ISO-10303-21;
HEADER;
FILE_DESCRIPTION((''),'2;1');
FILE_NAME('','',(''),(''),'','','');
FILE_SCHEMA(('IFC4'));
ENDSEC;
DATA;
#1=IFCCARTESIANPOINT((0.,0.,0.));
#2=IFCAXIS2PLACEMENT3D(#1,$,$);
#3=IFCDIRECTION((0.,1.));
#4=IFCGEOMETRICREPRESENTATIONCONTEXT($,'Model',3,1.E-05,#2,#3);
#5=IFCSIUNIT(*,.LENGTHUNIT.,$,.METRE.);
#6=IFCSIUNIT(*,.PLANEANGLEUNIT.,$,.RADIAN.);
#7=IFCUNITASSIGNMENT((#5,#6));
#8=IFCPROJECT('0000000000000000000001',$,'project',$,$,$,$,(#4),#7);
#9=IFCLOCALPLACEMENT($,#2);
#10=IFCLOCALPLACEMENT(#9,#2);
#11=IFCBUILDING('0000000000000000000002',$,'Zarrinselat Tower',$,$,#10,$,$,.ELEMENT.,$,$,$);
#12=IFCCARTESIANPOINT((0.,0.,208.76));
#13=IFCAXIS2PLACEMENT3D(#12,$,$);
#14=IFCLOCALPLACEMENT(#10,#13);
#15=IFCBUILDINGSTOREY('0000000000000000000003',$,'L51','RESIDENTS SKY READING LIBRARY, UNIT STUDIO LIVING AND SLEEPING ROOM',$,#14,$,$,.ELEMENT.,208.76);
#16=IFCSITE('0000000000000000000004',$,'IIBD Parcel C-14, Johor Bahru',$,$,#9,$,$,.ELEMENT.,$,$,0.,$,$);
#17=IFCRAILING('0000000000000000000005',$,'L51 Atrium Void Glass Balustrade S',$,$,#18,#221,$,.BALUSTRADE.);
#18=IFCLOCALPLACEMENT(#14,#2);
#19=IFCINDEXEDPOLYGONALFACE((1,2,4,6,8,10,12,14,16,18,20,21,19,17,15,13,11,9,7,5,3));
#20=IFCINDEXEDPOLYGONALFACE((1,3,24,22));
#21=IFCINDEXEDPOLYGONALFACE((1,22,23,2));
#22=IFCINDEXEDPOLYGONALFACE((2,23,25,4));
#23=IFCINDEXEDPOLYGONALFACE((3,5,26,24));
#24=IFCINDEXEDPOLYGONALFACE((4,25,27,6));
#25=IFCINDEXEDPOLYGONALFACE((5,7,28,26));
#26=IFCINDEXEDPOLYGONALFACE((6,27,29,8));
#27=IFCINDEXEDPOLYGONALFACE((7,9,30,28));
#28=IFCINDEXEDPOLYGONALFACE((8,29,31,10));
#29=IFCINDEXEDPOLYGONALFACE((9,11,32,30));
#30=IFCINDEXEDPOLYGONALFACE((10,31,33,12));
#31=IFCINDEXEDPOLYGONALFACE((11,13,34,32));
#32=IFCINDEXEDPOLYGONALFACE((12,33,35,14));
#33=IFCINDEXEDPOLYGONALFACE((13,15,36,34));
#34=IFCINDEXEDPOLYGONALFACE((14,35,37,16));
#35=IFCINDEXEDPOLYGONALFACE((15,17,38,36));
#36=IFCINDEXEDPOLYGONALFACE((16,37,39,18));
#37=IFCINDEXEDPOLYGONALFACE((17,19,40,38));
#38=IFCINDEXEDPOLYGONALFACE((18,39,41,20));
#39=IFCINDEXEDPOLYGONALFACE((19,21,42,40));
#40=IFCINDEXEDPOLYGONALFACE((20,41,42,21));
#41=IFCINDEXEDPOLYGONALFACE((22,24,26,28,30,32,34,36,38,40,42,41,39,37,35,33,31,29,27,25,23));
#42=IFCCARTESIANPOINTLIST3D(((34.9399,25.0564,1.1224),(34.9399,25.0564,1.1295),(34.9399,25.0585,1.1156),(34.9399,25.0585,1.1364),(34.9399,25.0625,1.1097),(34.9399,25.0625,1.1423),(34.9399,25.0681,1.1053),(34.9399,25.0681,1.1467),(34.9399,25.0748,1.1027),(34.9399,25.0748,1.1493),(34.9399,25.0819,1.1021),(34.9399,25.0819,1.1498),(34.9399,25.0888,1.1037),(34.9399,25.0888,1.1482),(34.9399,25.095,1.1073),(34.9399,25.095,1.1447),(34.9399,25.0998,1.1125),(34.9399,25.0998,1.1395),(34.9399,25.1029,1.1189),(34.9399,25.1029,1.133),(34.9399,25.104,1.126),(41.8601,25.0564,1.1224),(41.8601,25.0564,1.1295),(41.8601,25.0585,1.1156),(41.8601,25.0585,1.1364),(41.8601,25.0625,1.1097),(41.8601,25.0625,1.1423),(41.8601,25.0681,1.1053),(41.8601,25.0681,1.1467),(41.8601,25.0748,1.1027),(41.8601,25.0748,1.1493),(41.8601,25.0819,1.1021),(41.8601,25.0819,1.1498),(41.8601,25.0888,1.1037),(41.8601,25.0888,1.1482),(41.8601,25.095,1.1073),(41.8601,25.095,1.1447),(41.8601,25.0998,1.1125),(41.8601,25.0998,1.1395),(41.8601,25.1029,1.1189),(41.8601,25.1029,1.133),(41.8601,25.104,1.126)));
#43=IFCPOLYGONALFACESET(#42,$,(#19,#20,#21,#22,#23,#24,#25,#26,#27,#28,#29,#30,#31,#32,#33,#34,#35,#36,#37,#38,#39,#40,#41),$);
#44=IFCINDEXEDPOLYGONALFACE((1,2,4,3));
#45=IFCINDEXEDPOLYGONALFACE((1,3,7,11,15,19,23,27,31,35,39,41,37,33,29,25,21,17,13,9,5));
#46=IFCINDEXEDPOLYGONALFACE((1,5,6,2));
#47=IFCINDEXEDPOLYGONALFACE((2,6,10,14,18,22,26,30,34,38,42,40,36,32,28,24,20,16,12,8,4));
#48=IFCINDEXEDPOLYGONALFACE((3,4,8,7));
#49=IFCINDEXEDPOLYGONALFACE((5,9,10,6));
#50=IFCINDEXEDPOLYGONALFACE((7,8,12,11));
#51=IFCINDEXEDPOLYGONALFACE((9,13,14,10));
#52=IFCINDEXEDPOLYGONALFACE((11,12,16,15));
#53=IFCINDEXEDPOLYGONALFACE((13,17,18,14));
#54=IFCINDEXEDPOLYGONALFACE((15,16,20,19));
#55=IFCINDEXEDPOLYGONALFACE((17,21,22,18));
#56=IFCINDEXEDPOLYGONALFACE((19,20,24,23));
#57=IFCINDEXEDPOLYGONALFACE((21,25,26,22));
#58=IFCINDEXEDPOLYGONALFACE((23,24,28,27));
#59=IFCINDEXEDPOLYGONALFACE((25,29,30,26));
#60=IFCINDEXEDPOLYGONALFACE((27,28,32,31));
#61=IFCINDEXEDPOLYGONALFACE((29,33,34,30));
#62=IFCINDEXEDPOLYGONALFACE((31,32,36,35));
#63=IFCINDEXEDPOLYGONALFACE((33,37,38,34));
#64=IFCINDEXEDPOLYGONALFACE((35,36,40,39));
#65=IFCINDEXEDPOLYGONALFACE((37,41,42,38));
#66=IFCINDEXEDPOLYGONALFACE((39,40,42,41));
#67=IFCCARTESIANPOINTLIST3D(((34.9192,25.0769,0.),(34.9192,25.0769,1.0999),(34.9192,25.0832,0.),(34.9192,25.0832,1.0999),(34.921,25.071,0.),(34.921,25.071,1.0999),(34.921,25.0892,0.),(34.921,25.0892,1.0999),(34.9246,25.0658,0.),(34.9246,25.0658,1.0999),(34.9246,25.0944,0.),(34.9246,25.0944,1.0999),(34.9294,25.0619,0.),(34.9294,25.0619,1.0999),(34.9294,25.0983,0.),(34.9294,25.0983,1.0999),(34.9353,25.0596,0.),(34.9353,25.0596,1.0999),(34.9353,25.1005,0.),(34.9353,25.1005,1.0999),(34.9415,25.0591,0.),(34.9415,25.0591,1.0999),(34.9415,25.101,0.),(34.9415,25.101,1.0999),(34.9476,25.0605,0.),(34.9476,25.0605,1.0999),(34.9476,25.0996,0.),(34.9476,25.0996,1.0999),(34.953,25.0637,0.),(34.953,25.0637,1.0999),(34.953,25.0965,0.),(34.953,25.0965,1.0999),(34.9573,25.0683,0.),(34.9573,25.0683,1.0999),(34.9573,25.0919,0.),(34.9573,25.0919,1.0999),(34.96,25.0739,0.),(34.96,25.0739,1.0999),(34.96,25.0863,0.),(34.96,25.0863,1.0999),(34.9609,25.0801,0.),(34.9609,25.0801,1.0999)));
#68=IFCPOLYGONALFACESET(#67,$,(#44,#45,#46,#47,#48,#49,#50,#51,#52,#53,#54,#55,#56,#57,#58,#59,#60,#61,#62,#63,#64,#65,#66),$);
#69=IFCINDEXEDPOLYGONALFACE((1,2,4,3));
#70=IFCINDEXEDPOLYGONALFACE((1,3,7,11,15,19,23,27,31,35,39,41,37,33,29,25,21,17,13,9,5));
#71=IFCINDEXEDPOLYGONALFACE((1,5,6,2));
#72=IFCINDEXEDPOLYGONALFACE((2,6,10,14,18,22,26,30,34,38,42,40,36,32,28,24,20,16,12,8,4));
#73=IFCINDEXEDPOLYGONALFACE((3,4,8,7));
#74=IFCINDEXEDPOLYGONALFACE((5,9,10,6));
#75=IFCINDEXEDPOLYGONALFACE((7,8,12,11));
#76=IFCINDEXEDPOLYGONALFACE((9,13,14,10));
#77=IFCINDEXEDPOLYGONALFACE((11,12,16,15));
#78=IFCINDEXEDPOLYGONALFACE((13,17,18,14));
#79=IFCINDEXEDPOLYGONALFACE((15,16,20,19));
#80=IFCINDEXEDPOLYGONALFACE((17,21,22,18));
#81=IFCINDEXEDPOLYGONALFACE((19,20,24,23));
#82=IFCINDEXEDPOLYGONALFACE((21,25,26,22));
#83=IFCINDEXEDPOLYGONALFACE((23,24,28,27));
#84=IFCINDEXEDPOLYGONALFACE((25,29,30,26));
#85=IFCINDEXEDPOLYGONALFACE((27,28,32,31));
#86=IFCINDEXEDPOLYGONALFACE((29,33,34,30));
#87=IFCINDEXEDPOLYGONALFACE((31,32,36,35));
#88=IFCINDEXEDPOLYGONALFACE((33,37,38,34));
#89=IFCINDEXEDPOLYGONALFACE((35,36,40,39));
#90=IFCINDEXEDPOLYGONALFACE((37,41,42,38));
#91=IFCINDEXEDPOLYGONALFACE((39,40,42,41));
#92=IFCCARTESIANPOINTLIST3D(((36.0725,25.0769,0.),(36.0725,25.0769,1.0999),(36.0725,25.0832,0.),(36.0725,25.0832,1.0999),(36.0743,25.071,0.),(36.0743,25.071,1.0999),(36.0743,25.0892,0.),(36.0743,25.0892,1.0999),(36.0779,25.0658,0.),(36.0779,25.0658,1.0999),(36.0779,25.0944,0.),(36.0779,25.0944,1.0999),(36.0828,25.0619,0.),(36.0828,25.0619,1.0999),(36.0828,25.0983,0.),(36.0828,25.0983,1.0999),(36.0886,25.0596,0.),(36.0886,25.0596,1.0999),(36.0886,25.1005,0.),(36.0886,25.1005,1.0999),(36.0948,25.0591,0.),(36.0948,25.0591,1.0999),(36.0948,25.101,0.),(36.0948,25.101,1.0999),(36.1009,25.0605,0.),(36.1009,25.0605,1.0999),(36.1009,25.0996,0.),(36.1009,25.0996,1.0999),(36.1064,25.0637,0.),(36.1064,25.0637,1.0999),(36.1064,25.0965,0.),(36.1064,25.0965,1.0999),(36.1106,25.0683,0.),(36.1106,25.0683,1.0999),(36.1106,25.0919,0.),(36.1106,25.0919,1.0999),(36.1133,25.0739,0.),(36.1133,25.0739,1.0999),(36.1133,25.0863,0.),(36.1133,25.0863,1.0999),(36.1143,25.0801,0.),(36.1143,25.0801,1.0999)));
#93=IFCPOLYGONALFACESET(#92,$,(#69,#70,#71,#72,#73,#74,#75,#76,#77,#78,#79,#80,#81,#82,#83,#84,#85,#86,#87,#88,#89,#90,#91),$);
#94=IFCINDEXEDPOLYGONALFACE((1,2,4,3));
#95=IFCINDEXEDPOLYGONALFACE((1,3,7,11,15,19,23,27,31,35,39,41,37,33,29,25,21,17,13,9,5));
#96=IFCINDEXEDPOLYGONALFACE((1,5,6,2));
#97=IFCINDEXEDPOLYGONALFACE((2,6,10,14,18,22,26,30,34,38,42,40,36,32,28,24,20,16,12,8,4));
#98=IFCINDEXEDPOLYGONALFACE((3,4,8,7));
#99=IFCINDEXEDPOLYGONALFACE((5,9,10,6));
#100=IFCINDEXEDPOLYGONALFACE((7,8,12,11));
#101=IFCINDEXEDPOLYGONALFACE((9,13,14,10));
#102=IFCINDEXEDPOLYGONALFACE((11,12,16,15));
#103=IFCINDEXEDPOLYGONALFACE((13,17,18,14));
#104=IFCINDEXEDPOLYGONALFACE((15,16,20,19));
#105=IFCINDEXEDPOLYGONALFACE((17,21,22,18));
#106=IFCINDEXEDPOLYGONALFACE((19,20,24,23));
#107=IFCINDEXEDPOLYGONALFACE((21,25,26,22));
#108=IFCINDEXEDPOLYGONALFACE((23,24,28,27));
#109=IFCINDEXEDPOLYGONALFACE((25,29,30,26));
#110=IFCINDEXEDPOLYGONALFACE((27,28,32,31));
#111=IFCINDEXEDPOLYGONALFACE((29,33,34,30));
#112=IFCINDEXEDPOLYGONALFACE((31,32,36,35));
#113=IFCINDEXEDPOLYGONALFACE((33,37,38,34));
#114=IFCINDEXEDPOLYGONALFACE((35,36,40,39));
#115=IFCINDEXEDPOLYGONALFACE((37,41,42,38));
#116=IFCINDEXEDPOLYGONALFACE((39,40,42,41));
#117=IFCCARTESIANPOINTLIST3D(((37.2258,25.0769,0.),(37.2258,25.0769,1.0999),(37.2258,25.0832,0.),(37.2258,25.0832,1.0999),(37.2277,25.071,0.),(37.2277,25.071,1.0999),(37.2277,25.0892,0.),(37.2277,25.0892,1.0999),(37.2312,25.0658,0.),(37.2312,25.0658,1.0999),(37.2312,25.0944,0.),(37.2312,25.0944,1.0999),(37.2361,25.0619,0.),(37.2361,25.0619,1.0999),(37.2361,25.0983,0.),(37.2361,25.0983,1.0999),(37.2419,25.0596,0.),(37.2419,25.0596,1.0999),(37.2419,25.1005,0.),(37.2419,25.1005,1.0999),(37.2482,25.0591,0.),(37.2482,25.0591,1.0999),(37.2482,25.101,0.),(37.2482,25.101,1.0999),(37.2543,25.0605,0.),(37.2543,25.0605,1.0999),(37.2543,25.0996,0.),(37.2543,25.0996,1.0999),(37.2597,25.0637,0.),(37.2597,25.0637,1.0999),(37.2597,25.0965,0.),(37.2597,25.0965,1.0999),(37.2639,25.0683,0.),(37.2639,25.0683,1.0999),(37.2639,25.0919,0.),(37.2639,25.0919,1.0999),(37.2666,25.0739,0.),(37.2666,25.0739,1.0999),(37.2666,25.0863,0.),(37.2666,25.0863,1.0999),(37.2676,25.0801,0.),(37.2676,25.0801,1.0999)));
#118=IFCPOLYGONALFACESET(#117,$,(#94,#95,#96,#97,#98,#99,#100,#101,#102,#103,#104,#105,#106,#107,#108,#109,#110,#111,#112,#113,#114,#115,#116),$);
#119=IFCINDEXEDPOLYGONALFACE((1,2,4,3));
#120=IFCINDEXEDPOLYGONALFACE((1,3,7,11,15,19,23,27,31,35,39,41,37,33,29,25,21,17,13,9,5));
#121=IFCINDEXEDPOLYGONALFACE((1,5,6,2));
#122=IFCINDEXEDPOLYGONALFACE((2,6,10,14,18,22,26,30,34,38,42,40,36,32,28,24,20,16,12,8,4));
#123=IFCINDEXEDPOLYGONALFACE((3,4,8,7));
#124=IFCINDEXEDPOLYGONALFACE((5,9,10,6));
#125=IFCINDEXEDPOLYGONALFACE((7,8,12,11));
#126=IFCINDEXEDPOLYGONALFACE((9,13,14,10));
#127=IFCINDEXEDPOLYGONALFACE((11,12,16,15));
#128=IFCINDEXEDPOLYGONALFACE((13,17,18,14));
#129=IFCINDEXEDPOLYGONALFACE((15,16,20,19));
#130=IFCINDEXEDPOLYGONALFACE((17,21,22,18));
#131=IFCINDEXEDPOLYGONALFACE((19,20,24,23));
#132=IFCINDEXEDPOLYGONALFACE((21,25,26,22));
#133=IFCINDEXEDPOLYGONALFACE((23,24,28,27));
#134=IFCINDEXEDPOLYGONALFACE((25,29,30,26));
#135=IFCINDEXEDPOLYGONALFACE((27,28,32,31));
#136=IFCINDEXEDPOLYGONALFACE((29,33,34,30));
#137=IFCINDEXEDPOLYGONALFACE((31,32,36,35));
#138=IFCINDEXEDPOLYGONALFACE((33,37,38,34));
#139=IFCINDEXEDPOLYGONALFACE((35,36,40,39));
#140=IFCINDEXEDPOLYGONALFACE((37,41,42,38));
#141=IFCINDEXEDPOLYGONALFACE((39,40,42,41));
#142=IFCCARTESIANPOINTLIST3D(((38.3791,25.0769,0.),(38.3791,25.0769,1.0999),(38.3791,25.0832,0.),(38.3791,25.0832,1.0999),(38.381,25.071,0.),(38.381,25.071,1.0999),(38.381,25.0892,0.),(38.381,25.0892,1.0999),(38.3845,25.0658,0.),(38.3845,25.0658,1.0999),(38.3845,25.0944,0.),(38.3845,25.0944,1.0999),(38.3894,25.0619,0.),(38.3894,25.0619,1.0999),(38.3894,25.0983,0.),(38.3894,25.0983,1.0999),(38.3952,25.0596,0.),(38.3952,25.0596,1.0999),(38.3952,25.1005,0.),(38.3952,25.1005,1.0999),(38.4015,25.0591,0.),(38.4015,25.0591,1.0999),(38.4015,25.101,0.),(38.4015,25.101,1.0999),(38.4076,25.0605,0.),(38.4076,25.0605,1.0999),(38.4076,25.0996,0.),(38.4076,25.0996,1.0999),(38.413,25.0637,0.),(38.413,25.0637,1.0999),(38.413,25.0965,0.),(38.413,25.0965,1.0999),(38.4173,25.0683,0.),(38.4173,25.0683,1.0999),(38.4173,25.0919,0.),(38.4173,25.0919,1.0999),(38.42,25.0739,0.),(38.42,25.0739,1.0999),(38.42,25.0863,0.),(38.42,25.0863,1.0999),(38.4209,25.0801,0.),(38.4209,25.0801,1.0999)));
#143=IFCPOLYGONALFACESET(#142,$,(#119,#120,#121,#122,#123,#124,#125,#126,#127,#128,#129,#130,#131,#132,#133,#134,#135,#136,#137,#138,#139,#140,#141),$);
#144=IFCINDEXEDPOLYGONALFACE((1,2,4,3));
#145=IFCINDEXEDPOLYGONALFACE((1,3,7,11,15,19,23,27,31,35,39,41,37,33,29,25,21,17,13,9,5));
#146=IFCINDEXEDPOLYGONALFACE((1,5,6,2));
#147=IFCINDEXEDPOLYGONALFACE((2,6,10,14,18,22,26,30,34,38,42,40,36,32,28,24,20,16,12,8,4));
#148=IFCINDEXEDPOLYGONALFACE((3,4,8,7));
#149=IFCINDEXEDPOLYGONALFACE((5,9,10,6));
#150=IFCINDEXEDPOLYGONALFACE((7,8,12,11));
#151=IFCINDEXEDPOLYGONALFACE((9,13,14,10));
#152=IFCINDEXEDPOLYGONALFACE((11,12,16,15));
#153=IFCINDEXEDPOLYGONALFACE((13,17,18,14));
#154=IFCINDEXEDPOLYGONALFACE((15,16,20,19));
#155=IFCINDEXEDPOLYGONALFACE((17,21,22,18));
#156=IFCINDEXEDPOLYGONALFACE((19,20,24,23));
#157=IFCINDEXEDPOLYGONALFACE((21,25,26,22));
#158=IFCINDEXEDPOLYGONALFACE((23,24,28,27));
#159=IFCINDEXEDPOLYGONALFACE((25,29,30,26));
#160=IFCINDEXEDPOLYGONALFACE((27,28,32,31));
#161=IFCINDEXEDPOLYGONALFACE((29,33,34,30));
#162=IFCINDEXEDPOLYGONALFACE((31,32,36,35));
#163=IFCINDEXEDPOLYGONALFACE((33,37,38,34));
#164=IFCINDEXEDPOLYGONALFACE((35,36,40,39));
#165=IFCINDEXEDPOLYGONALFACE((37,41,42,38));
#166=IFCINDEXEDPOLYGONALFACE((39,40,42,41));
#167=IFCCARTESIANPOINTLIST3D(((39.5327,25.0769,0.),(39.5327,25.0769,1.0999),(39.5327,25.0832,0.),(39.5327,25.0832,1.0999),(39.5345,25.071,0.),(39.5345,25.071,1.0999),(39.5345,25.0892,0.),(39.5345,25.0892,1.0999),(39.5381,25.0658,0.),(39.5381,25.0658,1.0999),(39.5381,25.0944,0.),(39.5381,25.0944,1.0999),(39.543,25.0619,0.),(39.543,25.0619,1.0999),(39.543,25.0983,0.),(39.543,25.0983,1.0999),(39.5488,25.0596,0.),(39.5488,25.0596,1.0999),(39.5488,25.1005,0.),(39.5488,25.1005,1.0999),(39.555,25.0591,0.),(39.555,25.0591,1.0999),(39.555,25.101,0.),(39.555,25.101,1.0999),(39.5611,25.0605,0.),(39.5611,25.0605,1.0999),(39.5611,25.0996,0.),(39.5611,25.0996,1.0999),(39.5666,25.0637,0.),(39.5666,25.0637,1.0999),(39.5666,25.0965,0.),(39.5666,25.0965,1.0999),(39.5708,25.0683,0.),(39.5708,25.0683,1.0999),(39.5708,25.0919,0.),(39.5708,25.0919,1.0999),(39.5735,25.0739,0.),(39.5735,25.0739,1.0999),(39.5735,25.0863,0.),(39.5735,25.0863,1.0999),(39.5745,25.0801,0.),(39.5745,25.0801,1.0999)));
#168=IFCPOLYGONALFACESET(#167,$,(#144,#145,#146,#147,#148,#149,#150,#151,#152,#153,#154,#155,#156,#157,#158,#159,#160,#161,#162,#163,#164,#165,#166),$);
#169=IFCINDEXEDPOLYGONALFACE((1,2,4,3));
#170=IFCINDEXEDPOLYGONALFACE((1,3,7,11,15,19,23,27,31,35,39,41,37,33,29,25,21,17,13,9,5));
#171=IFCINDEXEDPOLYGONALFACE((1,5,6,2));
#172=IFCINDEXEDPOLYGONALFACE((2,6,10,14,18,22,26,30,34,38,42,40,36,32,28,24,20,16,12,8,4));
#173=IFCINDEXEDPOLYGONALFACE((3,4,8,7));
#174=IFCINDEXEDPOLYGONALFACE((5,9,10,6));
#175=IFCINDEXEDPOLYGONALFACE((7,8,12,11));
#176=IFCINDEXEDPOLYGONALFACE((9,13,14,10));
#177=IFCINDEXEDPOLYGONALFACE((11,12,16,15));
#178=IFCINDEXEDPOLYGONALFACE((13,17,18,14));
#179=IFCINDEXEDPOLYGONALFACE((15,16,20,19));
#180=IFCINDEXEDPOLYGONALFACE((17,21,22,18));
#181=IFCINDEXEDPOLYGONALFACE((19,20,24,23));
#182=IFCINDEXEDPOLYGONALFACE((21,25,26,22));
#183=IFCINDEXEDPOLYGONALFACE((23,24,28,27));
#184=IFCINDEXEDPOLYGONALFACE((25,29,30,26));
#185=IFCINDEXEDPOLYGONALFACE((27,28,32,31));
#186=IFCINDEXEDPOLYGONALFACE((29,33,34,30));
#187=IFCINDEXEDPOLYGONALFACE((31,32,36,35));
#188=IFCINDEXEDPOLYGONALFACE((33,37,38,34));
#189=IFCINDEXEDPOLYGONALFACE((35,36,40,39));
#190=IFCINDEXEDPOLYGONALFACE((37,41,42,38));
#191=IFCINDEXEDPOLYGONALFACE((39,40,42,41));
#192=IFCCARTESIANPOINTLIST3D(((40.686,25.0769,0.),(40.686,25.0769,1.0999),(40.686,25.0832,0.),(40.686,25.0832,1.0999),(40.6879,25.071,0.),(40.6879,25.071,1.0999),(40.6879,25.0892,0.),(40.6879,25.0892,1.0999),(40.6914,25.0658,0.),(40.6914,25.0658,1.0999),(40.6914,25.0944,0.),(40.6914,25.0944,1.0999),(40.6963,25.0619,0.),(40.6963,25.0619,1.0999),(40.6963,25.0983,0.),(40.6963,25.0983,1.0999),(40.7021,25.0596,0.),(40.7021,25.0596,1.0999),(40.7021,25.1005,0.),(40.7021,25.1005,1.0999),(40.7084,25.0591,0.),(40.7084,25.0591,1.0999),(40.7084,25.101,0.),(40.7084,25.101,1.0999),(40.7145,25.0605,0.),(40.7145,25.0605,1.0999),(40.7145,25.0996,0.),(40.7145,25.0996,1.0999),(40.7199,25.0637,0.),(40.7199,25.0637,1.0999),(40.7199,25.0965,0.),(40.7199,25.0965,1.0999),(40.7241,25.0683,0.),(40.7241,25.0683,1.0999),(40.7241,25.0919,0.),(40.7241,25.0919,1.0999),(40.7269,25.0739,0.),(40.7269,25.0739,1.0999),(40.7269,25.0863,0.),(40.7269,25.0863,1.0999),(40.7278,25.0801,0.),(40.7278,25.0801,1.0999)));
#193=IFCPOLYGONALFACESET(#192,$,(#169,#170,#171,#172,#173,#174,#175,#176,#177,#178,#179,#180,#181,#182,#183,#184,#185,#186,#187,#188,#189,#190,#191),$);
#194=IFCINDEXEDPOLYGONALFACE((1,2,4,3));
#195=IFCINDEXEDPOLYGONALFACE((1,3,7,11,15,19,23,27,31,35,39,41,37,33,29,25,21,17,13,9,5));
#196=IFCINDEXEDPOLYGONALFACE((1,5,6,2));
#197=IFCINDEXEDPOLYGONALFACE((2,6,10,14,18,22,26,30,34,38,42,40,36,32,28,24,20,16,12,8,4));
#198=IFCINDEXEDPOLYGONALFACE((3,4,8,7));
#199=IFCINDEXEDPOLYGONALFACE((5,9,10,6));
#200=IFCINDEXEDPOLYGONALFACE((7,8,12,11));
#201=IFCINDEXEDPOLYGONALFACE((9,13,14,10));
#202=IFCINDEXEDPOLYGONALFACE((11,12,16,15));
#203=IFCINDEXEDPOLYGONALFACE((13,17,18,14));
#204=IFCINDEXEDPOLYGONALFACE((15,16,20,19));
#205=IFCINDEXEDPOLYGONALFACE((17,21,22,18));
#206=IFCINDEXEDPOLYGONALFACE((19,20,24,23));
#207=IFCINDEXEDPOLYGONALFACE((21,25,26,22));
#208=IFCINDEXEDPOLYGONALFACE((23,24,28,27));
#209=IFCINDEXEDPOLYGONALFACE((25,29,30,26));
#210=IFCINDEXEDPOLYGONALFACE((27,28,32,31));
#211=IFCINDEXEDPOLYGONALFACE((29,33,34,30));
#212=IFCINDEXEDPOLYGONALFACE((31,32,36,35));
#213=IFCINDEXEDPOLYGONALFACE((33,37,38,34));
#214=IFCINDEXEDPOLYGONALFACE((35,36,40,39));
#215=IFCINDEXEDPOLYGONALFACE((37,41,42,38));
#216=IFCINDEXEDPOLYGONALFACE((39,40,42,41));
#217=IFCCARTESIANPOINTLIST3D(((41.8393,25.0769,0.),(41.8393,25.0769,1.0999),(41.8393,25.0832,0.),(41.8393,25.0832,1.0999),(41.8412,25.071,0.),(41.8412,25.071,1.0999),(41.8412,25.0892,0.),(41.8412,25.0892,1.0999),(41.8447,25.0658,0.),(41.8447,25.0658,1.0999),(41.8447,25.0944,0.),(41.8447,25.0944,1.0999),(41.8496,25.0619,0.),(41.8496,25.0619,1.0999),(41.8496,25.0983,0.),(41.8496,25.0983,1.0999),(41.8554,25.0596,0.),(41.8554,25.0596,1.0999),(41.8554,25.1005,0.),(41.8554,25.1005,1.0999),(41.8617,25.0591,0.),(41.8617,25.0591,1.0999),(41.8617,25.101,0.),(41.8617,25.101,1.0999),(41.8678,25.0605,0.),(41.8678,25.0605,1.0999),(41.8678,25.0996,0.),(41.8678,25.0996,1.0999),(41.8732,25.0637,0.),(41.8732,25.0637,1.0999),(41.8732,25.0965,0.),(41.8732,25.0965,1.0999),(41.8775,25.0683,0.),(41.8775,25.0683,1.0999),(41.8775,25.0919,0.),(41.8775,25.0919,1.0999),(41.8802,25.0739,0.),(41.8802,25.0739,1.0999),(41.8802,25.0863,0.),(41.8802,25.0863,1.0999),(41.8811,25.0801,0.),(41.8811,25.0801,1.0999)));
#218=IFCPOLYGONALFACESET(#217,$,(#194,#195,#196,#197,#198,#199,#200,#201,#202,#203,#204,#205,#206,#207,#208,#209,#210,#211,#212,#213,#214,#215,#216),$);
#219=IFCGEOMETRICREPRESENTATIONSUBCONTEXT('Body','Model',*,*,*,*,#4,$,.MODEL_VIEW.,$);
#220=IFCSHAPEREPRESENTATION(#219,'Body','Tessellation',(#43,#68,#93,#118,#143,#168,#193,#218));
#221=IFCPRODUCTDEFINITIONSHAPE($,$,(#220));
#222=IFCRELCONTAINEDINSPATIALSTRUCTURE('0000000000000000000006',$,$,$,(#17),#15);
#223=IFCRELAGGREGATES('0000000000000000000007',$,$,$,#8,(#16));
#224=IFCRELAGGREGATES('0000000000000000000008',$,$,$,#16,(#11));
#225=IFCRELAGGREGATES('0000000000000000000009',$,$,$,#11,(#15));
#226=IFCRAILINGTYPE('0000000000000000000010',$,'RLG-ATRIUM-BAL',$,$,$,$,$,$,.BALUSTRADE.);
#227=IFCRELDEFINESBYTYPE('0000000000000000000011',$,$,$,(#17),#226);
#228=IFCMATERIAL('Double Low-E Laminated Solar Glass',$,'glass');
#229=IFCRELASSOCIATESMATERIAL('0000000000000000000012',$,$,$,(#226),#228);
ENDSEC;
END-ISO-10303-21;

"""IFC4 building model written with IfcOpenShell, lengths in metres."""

from ifc_helpers import new_model, si_unit, direction, frame, origin, origin_2d, place, context, subcontext, project, spatial, circle, extrude, material, type_object, element, save


model = new_model("IFC4")

# Units and contexts
model_context = context("Model", 3, precision=1e-05, world=origin(), true_north=direction((0.0, 1.0)))
body_context = subcontext(model_context, "Body", "Model", "MODEL_VIEW")
ifc_project = project(units=[si_unit("LENGTHUNIT", "METRE"), si_unit("PLANEANGLEUNIT", "RADIAN")], contexts=[model_context])

# Site, building, storey
site_placement = place(None, origin())
site = spatial("IfcSite", under=ifc_project, at=site_placement, Name="IIBD Parcel C-14, Johor Bahru", CompositionType="ELEMENT", RefElevation=0.0)
building_placement = place(site_placement, origin())
building = spatial("IfcBuilding", under=site, at=building_placement, Name="Zarrinselat Tower", CompositionType="ELEMENT")
storey_placement = place(building_placement, frame((0.0, 0.0, 208.76)))
storey = spatial("IfcBuildingStorey", under=building, at=storey_placement, Name="L51", Description="RESIDENTS SKY READING LIBRARY, UNIT STUDIO LIVING AND SLEEPING ROOM", CompositionType="ELEMENT", Elevation=208.76)

# Railing
ifc_material_1 = material(Name="Double Low-E Laminated Solar Glass", Category="glass")
railing_type = type_object("IfcRailingType", Name="RLG-ATRIUM-BAL", PredefinedType="BALUSTRADE", material=ifc_material_1)
railing_placement = place(storey_placement, frame((34.9399, 25.0801, 0.0)))
element("IfcRailing", 1, at=railing_placement, inside=storey, type_object=railing_type, Name="L51 Atrium Void Glass Balustrade S", PredefinedType="BALUSTRADE", context=body_context, shape_type="SweptSolid", body=[
    extrude(circle(Radius=0.0239, at=origin_2d()), frame((0.0, 0.0, 1.126), z_axis=(1.0, 0.0, 0.0), x_axis=(0.0, 1.0, 0.0)), (0.0, 0.0, 1.0), 6.9202),
    extrude(circle(Radius=0.021, at=origin_2d()), origin(), (0.0, 0.0, 1.0), 1.0999),
    extrude(circle(Radius=0.021, at=origin_2d()), frame((1.1533, 0.0, 0.0)), (0.0, 0.0, 1.0), 1.0999),
    extrude(circle(Radius=0.021, at=origin_2d()), frame((2.3066, 0.0, 0.0)), (0.0, 0.0, 1.0), 1.0999),
    extrude(circle(Radius=0.021, at=origin_2d()), frame((3.46, 0.0, 0.0)), (0.0, 0.0, 1.0), 1.0999),
    extrude(circle(Radius=0.021, at=origin_2d()), frame((4.6135, 0.0, 0.0)), (0.0, 0.0, 1.0), 1.0999),
    extrude(circle(Radius=0.021, at=origin_2d()), frame((5.7668, 0.0, 0.0)), (0.0, 0.0, 1.0), 1.0999),
    extrude(circle(Radius=0.021, at=origin_2d()), frame((6.9202, 0.0, 0.0)), (0.0, 0.0, 1.0), 1.0999),
])

save(model, "model.ifc")
